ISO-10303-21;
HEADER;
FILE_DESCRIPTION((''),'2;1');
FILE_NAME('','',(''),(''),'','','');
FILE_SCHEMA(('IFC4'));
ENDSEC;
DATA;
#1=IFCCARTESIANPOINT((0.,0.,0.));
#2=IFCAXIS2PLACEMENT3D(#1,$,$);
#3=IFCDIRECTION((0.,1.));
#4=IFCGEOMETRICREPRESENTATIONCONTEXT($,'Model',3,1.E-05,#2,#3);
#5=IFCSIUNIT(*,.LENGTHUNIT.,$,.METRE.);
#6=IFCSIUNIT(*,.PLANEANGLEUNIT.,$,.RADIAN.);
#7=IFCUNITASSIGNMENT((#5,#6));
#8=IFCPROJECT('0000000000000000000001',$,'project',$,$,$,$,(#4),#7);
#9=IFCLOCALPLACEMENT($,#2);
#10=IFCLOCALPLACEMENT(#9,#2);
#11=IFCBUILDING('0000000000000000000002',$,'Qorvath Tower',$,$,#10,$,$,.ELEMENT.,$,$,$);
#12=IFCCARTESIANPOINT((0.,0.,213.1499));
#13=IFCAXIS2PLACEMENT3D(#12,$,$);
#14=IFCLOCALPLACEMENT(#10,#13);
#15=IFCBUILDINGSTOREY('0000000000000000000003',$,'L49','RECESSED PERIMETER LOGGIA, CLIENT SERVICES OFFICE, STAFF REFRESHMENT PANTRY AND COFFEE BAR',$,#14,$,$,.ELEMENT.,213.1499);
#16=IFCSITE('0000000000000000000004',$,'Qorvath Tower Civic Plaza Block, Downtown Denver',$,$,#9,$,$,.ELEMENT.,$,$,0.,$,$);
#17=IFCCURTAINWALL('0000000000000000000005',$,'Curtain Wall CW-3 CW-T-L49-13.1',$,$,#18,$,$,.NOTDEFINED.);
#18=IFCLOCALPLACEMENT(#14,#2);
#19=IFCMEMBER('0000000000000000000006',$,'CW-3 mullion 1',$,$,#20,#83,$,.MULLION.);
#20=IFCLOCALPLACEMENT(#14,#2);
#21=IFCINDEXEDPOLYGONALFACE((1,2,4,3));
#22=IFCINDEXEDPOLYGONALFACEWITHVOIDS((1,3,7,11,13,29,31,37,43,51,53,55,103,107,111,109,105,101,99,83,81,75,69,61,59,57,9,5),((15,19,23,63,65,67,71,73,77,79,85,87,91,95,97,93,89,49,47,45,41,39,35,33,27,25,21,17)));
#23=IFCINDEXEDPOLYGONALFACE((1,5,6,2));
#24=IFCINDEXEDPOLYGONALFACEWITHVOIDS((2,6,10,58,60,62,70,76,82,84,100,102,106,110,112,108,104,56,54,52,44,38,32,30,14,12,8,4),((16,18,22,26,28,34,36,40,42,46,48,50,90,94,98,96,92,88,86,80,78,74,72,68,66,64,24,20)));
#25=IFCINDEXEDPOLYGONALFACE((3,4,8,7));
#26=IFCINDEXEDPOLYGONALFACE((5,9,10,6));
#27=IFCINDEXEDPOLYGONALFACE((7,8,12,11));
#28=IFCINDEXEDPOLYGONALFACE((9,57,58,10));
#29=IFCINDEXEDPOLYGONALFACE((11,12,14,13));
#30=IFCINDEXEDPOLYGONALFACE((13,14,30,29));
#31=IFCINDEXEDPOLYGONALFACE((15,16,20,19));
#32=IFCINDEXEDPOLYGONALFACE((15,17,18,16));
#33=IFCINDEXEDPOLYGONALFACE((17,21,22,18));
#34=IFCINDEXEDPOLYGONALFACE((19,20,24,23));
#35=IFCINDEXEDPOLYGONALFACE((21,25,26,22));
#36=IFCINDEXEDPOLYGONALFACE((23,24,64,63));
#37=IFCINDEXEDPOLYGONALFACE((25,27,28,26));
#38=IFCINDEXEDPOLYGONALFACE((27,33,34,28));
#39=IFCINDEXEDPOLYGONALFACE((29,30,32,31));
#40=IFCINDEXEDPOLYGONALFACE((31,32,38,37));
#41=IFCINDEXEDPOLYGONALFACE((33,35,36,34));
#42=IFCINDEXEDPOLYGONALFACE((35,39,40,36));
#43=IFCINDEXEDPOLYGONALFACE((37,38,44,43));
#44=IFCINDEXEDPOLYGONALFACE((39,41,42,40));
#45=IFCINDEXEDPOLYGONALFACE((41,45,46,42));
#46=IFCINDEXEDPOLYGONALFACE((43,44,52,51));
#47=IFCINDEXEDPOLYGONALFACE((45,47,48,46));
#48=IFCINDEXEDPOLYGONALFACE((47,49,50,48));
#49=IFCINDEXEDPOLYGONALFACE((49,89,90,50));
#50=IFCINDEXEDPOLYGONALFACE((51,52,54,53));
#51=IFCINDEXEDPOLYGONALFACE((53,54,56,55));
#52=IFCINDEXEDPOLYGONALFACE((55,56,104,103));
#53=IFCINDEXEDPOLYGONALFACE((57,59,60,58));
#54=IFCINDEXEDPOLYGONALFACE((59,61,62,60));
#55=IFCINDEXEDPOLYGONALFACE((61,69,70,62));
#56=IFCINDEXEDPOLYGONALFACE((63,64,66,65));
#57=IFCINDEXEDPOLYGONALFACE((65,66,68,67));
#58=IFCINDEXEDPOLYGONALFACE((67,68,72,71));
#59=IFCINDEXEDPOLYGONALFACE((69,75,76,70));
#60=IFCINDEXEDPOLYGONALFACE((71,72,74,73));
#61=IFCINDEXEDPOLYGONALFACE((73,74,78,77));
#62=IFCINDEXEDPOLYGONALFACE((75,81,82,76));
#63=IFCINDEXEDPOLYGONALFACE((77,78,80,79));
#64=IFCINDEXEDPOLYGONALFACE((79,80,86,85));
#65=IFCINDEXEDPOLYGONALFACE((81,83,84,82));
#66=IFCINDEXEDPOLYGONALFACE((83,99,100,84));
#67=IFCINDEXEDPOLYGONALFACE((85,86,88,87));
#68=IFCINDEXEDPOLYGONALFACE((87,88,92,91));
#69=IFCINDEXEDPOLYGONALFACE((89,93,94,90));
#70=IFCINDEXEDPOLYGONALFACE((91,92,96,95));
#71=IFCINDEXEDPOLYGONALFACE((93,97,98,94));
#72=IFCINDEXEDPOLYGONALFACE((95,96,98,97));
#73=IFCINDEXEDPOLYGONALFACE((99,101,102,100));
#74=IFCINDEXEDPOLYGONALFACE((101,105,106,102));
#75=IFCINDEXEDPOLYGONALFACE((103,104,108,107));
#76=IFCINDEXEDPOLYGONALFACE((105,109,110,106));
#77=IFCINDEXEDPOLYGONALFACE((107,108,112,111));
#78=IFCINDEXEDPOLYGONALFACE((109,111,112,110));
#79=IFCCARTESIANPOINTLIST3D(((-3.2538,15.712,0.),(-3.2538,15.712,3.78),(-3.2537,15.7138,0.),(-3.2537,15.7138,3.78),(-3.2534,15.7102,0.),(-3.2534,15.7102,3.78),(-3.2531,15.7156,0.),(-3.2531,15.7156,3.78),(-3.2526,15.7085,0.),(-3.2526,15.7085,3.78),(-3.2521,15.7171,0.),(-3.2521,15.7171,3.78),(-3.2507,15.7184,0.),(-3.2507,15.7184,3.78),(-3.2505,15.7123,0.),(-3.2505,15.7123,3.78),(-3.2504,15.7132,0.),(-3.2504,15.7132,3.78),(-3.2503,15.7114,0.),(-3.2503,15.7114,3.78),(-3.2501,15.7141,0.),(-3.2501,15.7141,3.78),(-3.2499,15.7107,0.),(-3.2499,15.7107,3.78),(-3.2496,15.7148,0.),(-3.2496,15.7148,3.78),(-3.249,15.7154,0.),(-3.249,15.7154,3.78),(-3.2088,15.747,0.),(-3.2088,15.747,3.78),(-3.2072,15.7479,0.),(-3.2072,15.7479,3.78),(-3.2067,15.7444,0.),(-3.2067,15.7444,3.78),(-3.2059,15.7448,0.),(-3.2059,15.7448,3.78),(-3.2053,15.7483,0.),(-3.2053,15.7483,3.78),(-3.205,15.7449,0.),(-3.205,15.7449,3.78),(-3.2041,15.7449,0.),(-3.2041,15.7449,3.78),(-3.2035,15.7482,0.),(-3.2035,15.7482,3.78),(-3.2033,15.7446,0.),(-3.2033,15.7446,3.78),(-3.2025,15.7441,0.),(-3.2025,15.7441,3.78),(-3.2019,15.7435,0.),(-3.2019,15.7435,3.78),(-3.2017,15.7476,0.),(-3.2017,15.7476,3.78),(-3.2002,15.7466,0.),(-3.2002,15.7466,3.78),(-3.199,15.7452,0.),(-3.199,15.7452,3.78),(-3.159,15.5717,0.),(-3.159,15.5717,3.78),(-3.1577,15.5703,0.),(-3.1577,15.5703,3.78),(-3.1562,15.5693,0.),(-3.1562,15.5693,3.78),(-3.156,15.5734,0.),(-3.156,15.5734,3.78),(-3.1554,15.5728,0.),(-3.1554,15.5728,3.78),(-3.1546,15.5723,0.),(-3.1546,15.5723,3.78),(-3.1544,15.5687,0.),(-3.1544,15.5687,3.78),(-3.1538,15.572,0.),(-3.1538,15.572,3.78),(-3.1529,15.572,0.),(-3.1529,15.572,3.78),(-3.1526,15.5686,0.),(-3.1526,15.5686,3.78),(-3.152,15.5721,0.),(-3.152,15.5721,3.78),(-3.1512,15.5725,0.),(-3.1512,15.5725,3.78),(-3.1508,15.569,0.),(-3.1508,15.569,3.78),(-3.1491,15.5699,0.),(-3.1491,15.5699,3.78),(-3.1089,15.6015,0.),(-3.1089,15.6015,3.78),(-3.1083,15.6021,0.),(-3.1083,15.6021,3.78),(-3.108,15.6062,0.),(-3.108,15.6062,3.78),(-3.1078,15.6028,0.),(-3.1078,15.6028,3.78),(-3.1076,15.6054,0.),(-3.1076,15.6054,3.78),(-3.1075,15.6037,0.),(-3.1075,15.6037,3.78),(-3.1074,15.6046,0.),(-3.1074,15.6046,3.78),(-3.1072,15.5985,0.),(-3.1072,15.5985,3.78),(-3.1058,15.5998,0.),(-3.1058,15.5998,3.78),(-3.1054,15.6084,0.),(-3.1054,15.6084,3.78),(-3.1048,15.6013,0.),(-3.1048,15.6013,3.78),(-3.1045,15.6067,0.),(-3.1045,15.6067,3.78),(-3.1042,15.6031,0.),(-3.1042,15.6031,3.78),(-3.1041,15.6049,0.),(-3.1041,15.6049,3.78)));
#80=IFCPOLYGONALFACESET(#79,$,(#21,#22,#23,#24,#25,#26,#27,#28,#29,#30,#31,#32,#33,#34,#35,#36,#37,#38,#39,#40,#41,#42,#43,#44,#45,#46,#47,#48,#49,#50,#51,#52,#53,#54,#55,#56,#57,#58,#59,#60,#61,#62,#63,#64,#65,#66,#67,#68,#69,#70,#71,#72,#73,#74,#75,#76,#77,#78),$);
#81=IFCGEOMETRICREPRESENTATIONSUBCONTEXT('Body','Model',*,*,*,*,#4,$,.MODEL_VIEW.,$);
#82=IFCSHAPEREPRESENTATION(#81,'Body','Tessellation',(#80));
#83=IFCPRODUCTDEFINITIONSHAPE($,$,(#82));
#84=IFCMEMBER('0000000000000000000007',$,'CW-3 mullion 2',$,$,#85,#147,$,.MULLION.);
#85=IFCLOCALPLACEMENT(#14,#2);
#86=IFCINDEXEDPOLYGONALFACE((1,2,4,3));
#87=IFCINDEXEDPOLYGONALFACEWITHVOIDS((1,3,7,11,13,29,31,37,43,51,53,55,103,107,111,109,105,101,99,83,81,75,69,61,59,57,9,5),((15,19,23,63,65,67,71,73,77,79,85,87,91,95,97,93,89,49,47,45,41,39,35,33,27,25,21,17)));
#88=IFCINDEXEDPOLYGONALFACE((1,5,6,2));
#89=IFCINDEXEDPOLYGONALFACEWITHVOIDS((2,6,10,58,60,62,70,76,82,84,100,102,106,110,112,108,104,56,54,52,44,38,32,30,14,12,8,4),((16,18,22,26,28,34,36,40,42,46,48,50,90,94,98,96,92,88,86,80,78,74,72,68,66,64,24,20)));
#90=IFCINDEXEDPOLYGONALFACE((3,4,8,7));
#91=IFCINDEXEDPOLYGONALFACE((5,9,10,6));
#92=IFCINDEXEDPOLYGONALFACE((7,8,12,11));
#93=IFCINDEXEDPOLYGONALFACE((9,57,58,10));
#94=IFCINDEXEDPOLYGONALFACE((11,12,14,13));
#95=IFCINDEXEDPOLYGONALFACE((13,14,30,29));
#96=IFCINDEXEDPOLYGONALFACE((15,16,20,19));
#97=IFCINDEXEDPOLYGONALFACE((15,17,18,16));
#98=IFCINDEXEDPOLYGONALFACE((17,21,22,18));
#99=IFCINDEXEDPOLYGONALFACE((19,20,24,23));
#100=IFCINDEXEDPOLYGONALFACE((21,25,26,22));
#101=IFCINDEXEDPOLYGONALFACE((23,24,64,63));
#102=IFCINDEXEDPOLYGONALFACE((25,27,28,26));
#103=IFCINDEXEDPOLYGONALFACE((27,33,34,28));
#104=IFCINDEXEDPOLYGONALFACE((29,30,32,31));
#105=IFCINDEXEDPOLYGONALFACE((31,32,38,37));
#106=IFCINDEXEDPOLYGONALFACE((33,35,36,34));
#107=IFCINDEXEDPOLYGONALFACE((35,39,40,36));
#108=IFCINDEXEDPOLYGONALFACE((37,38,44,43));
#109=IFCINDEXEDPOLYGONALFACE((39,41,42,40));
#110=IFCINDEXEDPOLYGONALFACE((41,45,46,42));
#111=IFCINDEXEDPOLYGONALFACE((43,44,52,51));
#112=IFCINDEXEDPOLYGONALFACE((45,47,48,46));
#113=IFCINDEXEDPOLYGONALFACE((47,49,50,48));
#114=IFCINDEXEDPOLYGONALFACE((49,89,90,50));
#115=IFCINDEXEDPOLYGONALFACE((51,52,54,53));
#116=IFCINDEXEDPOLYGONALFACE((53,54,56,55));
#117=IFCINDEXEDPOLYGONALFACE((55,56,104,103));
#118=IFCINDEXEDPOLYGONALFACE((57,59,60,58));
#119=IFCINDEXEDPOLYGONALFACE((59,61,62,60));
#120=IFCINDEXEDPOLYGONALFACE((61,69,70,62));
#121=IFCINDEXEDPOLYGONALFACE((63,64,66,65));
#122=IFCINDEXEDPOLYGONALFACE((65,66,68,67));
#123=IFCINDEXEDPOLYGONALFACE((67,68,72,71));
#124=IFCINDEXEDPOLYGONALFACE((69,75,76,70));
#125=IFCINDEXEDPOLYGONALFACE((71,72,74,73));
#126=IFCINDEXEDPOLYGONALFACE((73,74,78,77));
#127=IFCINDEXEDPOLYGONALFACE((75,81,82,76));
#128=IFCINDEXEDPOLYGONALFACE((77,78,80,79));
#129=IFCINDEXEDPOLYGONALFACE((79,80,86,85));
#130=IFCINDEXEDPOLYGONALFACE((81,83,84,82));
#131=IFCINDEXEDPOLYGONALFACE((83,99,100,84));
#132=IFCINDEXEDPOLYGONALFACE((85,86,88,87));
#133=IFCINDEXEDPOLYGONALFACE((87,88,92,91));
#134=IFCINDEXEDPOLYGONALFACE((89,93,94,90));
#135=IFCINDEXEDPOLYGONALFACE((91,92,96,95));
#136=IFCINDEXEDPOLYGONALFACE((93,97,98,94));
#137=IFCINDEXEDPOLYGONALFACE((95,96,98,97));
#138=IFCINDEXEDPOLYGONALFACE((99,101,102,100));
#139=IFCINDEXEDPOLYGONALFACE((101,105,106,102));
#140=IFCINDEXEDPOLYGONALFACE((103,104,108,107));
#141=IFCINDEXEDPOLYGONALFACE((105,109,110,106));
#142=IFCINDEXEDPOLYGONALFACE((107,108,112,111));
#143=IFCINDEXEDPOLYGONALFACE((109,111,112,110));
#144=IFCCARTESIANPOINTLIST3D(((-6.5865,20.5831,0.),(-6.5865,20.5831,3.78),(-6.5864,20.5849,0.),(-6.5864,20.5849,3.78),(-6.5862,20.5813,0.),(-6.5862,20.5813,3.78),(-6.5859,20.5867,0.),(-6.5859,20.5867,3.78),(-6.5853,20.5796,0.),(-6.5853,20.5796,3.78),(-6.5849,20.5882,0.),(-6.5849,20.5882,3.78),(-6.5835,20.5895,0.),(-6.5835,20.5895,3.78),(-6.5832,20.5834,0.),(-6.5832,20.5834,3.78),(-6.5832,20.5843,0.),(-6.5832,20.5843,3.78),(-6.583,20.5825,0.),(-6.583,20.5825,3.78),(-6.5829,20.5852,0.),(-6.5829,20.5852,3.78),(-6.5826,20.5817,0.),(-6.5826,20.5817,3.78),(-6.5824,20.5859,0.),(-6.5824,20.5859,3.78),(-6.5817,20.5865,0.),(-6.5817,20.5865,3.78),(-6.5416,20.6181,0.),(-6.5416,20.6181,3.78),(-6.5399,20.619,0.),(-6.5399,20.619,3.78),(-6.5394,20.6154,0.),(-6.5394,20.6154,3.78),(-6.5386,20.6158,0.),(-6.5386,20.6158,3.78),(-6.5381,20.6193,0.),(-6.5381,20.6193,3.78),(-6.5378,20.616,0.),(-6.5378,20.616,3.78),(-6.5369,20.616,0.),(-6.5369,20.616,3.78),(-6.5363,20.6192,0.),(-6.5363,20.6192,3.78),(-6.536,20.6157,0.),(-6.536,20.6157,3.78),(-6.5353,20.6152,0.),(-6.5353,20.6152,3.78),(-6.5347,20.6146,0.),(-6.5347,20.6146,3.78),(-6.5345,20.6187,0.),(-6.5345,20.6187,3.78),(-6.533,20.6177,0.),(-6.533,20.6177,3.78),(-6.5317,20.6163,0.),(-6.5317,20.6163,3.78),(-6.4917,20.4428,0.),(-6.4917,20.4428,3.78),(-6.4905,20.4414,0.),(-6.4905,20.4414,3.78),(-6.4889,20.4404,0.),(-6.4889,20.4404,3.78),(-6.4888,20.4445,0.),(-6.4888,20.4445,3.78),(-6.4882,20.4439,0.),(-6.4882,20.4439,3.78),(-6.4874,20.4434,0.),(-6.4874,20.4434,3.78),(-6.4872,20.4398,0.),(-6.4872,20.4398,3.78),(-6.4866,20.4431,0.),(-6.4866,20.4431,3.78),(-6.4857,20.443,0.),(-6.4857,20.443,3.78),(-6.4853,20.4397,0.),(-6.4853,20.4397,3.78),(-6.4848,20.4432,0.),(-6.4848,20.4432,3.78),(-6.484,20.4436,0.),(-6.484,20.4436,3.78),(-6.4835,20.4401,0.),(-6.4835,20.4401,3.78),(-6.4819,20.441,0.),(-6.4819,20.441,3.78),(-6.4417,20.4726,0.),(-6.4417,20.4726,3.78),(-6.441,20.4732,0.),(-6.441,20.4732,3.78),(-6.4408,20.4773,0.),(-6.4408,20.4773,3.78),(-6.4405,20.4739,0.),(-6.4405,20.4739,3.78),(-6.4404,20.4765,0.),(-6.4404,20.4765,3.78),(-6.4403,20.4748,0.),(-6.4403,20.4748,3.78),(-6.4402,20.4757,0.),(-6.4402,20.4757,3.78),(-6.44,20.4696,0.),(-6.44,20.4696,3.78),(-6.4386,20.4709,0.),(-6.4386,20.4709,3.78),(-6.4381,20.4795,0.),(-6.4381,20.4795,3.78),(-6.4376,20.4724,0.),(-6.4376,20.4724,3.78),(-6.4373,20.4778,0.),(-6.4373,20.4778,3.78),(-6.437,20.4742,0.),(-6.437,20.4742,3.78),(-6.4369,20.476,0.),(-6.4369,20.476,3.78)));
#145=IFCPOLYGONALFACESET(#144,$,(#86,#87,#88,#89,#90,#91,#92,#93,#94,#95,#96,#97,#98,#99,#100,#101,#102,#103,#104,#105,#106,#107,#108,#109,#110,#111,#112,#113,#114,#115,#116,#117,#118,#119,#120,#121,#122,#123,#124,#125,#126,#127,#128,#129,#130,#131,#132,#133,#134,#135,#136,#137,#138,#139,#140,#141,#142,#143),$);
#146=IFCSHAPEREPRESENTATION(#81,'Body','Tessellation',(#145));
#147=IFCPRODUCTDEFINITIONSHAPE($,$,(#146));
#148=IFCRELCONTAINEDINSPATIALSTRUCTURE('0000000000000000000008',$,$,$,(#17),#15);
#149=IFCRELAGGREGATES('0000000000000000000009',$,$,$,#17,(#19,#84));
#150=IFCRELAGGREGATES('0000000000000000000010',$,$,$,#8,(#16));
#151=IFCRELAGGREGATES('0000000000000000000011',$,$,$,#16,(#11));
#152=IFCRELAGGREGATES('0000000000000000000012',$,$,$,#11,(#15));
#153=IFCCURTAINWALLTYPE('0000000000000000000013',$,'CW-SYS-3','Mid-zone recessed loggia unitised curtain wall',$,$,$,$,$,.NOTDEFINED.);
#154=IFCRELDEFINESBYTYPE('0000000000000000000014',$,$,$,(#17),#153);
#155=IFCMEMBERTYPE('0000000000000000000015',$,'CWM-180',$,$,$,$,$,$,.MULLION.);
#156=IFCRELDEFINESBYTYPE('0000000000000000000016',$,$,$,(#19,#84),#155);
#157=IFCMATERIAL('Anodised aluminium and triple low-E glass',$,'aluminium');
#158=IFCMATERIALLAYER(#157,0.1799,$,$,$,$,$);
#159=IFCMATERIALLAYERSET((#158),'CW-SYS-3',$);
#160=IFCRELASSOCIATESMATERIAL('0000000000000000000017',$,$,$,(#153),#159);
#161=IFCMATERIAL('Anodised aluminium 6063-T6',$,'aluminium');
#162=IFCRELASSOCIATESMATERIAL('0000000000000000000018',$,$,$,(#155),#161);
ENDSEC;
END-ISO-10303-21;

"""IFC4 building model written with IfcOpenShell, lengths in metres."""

from ifc_helpers import new_model, si_unit, direction, frame, origin, origin_2d, place, context, subcontext, project, spatial, hollow_rectangle, extrude, material, layer, layer_set, material_profile, profile_set, type_object, element, aggregate, save


model = new_model("IFC4")

# Units and contexts
model_context = context("Model", 3, precision=1e-05, world=origin(), true_north=direction((0.0, 1.0)))
body_context = subcontext(model_context, "Body", "Model", "MODEL_VIEW")
ifc_project = project(units=[si_unit("LENGTHUNIT", "METRE"), si_unit("PLANEANGLEUNIT", "RADIAN")], contexts=[model_context])

# Site, building, storey
site_placement = place(None, origin())
site = spatial("IfcSite", under=ifc_project, at=site_placement, Name="Qorvath Tower Civic Plaza Block, Downtown Denver", CompositionType="ELEMENT", RefElevation=0.0)
building_placement = place(site_placement, origin())
building = spatial("IfcBuilding", under=site, at=building_placement, Name="Qorvath Tower", CompositionType="ELEMENT")
storey_placement = place(building_placement, frame((0.0, 0.0, 213.1499)))
storey = spatial("IfcBuildingStorey", under=building, at=storey_placement, Name="L49", Description="RECESSED PERIMETER LOGGIA, CLIENT SERVICES OFFICE, STAFF REFRESHMENT PANTRY AND COFFEE BAR", CompositionType="ELEMENT", Elevation=213.1499)

# Shared definitions
ifc_material_1 = material(Name="Anodised aluminium and triple low-E glass", Category="aluminium")
ifc_layer_1 = layer(ifc_material_1, 0.1799)
ifc_layer_set_1 = layer_set([ifc_layer_1], Name="CW-SYS-3")
curtain_wall_type = type_object("IfcCurtainWallType", Name="CW-SYS-3", Description="Mid-zone recessed loggia unitised curtain wall", PredefinedType="NOTDEFINED", material=ifc_layer_set_1)
ifc_material_2 = material(Name="Anodised aluminium 6063-T6", Category="aluminium")
ifc_material_profile_1 = material_profile(ifc_material_2, hollow_rectangle(XDim=0.0649, YDim=0.1799, WallThickness=0.0034, InnerFilletRadius=0.0034, OuterFilletRadius=0.0071, at=origin_2d()), Name="CWM 180x65")
ifc_profile_set_1 = profile_set([ifc_material_profile_1], Name="Anodised aluminium 6063-T6")
member_type_1 = type_object("IfcMemberType", Name="CWM-180", PredefinedType="MULLION", material=ifc_profile_set_1)

# Curtain wall, members
curtain_wall_1_placement = place(storey_placement, origin())
curtain_wall_1 = element("IfcCurtainWall", 1, at=curtain_wall_1_placement, inside=storey, type_object=curtain_wall_type, Name="Curtain Wall CW-3 CW-T-L49-13.1", PredefinedType="NOTDEFINED")
member_1_placement = place(storey_placement, frame((-3.179, 15.6584, 0.0), z_axis=(0.0, 0.0, 1.0), x_axis=(-0.825323, -0.564661, 0.0)))
member_1 = element("IfcMember", 2, at=member_1_placement, type_object=member_type_1, Name="CW-3 mullion 1", PredefinedType="MULLION", context=body_context, shape_type="SweptSolid", body=[
    extrude(hollow_rectangle(XDim=0.0649, YDim=0.1799, WallThickness=0.0034, InnerFilletRadius=0.0034, OuterFilletRadius=0.0071, at=origin_2d()), origin(), (0.0, 0.0, 1.0), 3.78),
])
member_2_placement = place(storey_placement, frame((-6.5117, 20.5295, 0.0), z_axis=(0.0, 0.0, 1.0), x_axis=(-0.825323, -0.564661, 0.0)))
member_2 = element("IfcMember", 3, at=member_2_placement, type_object=member_type_1, Name="CW-3 mullion 2", PredefinedType="MULLION", context=body_context, shape_type="SweptSolid", body=[
    extrude(hollow_rectangle(XDim=0.0649, YDim=0.1799, WallThickness=0.0034, InnerFilletRadius=0.0034, OuterFilletRadius=0.0071, at=origin_2d()), origin(), (0.0, 0.0, 1.0), 3.78),
])

aggregate(curtain_wall_1, [member_1, member_2])

save(model, "model.ifc")
